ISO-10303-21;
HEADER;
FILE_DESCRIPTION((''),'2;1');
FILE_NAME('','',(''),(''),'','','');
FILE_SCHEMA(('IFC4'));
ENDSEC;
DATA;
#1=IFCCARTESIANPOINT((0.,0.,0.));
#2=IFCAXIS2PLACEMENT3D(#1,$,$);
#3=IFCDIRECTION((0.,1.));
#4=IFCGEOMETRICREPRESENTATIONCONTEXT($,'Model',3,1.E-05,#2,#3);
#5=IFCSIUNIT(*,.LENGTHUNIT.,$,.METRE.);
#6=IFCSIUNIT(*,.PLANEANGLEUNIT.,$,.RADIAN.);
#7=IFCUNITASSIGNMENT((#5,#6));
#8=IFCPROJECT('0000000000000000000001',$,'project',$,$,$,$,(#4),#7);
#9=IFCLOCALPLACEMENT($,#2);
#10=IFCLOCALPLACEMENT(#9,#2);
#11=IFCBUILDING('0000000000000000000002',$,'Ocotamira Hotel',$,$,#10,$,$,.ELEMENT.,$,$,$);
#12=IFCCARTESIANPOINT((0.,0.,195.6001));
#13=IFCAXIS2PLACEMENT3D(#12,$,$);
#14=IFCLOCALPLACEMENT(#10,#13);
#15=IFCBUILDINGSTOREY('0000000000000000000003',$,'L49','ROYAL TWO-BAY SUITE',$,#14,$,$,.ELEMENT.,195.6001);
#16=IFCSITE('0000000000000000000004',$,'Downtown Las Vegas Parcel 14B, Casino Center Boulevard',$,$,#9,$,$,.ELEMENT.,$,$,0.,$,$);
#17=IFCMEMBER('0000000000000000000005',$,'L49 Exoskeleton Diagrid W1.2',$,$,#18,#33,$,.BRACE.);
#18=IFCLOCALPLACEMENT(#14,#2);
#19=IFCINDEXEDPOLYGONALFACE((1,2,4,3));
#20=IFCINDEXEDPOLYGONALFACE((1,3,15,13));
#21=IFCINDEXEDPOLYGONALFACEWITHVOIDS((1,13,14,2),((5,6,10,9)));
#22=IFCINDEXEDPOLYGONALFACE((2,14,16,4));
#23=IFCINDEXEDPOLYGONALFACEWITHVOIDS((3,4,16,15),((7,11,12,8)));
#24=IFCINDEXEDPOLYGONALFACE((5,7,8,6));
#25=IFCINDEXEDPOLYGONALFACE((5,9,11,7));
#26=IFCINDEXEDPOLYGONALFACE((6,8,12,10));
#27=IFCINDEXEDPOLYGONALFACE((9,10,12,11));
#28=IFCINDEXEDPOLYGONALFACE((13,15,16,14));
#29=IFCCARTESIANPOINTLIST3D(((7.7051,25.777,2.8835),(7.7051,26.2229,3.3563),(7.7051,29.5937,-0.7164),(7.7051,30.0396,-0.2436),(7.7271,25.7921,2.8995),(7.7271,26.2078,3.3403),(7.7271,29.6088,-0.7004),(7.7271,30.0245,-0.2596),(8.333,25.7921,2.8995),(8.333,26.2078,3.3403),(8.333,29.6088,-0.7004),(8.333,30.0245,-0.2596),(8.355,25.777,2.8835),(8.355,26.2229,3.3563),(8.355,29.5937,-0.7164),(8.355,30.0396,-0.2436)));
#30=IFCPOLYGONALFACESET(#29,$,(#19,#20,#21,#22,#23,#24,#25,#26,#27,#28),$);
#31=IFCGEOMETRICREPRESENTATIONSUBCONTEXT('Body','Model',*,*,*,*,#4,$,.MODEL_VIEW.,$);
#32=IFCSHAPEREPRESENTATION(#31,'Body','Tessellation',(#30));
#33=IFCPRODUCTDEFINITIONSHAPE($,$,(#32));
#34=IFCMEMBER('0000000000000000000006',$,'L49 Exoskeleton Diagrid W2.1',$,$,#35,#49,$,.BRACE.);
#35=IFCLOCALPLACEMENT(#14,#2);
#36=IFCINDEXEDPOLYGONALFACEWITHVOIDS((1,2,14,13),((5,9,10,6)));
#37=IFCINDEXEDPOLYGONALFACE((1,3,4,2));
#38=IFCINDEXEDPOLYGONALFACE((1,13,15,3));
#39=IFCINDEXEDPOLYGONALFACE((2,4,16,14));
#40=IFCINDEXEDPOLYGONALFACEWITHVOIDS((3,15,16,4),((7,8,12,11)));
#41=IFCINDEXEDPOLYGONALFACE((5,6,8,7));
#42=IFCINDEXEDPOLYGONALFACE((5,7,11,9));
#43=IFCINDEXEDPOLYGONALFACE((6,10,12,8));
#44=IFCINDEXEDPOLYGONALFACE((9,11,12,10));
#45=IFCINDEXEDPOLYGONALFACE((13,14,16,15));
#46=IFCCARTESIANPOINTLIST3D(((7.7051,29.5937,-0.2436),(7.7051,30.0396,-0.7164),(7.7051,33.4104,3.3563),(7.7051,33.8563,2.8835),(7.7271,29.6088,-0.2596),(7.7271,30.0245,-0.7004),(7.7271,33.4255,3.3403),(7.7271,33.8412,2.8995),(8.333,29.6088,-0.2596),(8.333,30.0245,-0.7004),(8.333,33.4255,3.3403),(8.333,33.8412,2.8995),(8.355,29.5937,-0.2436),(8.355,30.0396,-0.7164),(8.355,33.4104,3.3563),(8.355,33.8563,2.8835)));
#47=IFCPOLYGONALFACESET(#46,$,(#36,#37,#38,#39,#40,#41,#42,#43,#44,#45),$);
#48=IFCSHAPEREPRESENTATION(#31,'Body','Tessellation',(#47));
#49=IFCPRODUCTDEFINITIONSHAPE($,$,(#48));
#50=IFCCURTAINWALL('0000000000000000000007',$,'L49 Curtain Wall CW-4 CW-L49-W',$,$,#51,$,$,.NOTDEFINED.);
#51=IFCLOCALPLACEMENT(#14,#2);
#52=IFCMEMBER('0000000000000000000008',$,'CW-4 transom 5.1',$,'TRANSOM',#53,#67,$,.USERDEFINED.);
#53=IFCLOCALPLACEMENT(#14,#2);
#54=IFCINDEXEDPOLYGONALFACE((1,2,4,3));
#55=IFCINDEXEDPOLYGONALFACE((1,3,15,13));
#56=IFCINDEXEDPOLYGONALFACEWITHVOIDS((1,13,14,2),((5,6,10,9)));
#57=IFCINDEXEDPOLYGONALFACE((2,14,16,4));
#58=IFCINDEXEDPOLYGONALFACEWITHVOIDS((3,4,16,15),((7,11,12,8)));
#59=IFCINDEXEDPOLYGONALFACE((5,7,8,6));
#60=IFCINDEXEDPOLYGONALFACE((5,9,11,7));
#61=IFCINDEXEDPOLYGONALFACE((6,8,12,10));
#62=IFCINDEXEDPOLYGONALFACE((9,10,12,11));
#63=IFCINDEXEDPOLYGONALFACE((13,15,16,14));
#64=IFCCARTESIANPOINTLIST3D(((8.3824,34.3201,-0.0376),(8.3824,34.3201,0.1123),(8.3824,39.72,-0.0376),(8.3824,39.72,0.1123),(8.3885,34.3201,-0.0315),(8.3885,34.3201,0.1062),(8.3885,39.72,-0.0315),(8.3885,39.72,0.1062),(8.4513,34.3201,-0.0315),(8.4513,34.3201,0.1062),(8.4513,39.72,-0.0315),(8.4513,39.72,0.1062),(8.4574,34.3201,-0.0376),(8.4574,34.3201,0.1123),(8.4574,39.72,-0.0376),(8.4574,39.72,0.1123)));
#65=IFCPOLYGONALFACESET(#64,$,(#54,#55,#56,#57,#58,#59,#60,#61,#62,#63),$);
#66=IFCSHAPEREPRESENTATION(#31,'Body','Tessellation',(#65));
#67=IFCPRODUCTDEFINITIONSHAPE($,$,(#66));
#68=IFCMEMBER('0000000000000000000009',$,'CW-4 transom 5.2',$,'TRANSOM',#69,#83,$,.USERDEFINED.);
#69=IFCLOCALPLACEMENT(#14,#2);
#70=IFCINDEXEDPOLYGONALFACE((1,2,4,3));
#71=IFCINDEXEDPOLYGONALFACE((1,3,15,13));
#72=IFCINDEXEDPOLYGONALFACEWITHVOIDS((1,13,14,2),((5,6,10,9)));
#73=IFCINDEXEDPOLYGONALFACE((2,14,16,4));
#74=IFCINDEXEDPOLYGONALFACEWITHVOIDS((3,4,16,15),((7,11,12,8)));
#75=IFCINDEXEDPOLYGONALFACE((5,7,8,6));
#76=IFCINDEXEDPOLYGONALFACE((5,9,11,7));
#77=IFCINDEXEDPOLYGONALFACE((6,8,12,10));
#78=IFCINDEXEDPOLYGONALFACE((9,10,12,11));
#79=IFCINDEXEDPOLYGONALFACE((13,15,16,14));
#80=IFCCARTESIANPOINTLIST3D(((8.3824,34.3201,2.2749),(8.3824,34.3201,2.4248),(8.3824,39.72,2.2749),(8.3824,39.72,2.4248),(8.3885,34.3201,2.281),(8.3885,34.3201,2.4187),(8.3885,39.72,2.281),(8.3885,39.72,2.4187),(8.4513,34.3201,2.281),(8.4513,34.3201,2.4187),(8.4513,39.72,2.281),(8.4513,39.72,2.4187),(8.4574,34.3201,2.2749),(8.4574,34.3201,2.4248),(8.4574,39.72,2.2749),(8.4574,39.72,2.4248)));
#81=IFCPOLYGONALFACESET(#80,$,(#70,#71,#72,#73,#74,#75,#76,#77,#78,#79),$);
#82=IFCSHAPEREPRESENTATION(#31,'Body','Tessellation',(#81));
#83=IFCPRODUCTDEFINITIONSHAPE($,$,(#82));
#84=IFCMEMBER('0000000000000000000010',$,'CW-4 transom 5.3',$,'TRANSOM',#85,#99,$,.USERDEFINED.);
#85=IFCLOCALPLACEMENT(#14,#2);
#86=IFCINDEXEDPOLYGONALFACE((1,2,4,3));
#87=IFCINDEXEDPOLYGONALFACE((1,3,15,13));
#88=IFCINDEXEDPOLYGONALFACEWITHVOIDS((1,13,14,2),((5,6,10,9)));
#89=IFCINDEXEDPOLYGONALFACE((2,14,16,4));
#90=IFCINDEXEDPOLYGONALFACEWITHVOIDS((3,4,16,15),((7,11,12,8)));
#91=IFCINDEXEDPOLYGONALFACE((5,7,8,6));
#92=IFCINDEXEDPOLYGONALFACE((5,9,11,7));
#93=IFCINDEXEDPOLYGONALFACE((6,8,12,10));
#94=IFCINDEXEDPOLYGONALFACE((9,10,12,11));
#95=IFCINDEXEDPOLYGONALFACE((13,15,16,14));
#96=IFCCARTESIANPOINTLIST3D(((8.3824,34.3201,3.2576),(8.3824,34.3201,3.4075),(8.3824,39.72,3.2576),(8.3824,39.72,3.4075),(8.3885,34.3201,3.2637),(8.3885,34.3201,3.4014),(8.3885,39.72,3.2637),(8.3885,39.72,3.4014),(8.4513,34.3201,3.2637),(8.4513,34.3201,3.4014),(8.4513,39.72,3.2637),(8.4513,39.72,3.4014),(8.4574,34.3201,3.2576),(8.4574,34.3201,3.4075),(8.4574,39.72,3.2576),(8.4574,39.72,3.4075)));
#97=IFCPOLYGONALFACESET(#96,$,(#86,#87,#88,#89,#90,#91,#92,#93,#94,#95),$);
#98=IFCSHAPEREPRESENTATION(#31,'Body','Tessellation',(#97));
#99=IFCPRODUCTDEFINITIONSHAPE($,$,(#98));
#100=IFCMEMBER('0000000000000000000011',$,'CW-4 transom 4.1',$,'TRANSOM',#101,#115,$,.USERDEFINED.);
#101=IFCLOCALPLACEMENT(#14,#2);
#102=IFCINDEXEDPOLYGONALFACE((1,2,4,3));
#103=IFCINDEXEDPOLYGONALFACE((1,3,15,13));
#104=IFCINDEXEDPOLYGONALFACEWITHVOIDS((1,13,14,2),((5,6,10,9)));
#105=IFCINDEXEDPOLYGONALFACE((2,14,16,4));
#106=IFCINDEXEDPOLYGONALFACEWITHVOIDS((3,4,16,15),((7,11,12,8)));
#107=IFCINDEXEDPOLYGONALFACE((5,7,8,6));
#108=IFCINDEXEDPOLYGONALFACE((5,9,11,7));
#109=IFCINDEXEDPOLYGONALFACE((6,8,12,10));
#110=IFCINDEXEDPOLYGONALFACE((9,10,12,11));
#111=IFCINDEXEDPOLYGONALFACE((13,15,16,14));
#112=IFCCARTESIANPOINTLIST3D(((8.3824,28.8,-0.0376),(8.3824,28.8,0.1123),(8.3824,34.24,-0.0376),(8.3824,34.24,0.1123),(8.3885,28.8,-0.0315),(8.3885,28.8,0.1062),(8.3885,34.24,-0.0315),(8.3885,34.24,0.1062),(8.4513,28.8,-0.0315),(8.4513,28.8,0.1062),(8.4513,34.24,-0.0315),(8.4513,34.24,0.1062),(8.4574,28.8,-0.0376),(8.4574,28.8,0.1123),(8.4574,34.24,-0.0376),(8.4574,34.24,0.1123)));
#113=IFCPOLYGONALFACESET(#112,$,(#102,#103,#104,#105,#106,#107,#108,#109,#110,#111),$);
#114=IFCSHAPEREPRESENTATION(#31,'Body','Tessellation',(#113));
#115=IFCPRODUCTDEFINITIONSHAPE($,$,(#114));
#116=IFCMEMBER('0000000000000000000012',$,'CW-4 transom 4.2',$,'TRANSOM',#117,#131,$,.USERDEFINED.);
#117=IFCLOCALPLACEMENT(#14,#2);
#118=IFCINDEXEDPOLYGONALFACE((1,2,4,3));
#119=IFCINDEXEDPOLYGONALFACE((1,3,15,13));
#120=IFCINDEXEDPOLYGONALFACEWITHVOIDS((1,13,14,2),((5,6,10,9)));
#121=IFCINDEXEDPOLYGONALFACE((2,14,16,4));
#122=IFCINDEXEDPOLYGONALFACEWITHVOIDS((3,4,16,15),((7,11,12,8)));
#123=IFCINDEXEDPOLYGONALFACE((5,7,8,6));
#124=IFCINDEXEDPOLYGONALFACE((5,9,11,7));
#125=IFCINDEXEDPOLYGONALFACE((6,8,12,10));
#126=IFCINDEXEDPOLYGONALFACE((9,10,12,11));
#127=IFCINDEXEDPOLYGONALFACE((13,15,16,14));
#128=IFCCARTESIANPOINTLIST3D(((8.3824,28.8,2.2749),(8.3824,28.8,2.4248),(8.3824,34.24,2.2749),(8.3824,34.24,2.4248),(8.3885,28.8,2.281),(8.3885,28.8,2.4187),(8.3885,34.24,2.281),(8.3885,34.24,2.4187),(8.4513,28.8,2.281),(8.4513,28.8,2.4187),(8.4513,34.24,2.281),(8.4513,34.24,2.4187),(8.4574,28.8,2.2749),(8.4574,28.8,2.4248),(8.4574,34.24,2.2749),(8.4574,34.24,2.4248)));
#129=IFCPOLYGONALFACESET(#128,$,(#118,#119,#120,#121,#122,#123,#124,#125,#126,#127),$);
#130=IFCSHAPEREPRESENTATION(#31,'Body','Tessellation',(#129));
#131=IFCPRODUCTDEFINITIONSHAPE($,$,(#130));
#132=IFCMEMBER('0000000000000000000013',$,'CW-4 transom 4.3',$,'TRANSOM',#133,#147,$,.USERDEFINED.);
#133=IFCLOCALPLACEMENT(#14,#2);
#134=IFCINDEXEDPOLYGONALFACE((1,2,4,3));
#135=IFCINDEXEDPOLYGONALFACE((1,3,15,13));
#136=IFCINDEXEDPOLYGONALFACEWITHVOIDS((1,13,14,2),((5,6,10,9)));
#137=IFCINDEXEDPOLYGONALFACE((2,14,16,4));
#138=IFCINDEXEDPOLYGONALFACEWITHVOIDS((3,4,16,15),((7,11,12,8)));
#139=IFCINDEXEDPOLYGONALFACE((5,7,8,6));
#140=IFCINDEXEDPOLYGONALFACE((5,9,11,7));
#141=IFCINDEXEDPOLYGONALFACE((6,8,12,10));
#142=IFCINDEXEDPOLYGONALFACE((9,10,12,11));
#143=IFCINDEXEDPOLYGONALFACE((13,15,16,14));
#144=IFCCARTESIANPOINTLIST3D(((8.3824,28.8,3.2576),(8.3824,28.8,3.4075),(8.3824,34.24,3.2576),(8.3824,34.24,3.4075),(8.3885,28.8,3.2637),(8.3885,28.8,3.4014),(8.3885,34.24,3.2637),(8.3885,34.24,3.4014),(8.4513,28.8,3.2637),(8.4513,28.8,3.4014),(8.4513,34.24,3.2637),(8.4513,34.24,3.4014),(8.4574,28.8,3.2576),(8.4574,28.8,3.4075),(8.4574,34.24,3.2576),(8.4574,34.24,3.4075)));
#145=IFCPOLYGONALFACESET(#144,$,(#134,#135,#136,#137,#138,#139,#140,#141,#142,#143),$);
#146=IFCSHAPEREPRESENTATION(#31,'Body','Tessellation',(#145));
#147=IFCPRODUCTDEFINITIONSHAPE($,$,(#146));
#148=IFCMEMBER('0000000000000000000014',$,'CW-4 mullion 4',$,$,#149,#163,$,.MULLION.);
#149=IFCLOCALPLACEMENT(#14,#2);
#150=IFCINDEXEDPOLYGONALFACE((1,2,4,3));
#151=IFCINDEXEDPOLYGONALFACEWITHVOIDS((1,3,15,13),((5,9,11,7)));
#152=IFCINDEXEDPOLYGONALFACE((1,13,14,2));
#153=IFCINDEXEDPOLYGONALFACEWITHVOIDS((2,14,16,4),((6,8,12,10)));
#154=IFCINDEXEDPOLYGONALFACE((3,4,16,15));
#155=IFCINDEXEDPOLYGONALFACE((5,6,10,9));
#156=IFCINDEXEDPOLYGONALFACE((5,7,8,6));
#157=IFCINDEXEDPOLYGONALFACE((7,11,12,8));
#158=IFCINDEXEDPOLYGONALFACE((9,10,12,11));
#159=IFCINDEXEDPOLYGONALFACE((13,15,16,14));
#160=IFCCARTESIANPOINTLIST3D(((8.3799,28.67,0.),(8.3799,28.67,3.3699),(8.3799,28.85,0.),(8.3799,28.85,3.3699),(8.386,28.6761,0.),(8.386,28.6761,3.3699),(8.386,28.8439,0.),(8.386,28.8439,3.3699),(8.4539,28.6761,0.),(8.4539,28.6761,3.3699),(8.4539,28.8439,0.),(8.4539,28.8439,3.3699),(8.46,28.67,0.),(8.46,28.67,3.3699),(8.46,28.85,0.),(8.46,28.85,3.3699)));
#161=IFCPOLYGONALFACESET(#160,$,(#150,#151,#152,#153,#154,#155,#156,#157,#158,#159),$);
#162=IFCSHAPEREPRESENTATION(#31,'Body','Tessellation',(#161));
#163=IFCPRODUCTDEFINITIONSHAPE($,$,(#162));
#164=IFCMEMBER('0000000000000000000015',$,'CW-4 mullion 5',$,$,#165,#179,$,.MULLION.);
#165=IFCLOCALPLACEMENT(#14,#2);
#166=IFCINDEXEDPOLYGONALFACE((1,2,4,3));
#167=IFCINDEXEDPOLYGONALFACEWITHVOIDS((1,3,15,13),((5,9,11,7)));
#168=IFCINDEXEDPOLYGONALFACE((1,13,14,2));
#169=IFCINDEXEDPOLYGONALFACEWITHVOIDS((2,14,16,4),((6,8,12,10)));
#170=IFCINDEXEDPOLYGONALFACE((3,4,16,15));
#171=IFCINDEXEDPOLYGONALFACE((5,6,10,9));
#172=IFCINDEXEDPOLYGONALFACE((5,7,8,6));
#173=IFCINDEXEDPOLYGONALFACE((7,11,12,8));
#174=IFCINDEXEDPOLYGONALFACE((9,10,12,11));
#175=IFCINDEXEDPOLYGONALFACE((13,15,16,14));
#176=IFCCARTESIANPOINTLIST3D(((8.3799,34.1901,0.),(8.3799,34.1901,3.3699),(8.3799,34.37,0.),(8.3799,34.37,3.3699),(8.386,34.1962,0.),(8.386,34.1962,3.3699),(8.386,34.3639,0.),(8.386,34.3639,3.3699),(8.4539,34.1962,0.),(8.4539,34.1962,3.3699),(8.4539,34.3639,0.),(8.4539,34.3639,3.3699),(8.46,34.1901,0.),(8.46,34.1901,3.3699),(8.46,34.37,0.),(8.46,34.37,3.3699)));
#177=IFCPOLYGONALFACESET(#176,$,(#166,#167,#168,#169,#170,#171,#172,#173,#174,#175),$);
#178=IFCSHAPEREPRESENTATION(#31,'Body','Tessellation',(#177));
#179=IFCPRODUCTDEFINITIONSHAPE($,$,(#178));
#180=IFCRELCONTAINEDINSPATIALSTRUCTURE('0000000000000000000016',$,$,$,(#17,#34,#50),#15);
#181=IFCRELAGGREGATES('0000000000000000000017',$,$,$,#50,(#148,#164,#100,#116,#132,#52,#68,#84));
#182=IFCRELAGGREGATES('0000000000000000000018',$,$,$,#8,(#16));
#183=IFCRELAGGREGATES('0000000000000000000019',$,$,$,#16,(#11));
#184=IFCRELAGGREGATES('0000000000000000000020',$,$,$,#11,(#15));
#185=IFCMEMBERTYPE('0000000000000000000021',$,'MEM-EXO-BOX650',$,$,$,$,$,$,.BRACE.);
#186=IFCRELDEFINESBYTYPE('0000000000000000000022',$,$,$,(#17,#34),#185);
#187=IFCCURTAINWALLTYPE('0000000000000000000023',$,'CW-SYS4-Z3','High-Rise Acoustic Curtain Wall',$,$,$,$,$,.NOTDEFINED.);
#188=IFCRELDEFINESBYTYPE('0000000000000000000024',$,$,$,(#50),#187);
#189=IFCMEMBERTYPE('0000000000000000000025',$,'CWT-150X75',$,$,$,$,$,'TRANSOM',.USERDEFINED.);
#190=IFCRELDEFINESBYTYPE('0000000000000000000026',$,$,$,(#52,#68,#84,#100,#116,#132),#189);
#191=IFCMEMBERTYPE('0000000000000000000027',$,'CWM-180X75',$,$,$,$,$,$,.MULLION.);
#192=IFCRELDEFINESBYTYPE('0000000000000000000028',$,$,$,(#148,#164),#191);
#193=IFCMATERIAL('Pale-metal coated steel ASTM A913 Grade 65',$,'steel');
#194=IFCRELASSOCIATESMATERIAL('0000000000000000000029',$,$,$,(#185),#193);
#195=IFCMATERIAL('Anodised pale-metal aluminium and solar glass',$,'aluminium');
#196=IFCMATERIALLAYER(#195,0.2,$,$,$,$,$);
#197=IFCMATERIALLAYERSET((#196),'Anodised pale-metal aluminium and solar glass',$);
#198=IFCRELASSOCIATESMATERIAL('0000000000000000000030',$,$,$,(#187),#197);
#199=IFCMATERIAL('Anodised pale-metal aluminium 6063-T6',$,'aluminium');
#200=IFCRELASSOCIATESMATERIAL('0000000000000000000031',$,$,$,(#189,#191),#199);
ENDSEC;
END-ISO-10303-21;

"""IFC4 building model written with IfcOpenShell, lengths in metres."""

from ifc_helpers import new_model, si_unit, direction, frame, origin, origin_2d, place, context, subcontext, project, spatial, hollow_rectangle, extrude, source, transform, mapped, material, layer, layer_set, material_profile, profile_set, type_object, element, aggregate, save


model = new_model("IFC4")

# Units and contexts
model_context = context("Model", 3, precision=1e-05, world=origin(), true_north=direction((0.0, 1.0)))
body_context = subcontext(model_context, "Body", "Model", "MODEL_VIEW")
ifc_project = project(units=[si_unit("LENGTHUNIT", "METRE"), si_unit("PLANEANGLEUNIT", "RADIAN")], contexts=[model_context])

# Site, building, storey
site_placement = place(None, origin())
site = spatial("IfcSite", under=ifc_project, at=site_placement, Name="Downtown Las Vegas Parcel 14B, Casino Center Boulevard", CompositionType="ELEMENT", RefElevation=0.0)
building_placement = place(site_placement, origin())
building = spatial("IfcBuilding", under=site, at=building_placement, Name="Ocotamira Hotel", CompositionType="ELEMENT")
storey_placement = place(building_placement, frame((0.0, 0.0, 195.6001)))
storey = spatial("IfcBuildingStorey", under=building, at=storey_placement, Name="L49", Description="ROYAL TWO-BAY SUITE", CompositionType="ELEMENT", Elevation=195.6001)

# Members
ifc_material_1 = material(Name="Pale-metal coated steel ASTM A913 Grade 65", Category="steel")
ifc_material_profile_1 = material_profile(ifc_material_1, hollow_rectangle(XDim=0.6499, YDim=0.6499, WallThickness=0.022, at=origin_2d()), Name="BOX650X650X22")
ifc_profile_set_1 = profile_set([ifc_material_profile_1], Name="Pale-metal coated steel ASTM A913 Grade 65")
member_type_1 = type_object("IfcMemberType", Name="MEM-EXO-BOX650", PredefinedType="BRACE", material=ifc_profile_set_1)
shared_shape_1 = source(origin(), body_context, "Body", "SweptSolid", [
    extrude(hollow_rectangle(XDim=0.6499, YDim=0.6499, WallThickness=0.022, at=origin_2d()), origin(), (0.0, 0.0, 1.0), 5.2466),
])
for number, where, z_axis, x_axis, name in (
    (1, (8.03, 29.8167, -0.48), (0.0, -0.727466, 0.686144), (1.0, 0.0, 0.0), "L49 Exoskeleton Diagrid W1.2"),
    (2, (8.03, 29.8167, -0.48), (0.0, 0.727466, 0.686144), (-1.0, 0.0, 0.0), "L49 Exoskeleton Diagrid W2.1"),
):
    element("IfcMember", number, at=place(storey_placement, frame(where, z_axis=z_axis, x_axis=x_axis)), inside=storey, type_object=member_type_1, Name=name, PredefinedType="BRACE", context=body_context, shape_type="MappedRepresentation", body=[
        mapped(shared_shape_1, transform((0.0, 0.0, 0.0), scale=1.0)),
    ])

# Curtain wall, members
ifc_material_2 = material(Name="Anodised pale-metal aluminium and solar glass", Category="aluminium")
ifc_layer_1 = layer(ifc_material_2, 0.2)
ifc_layer_set_1 = layer_set([ifc_layer_1], Name="Anodised pale-metal aluminium and solar glass")
curtain_wall_type = type_object("IfcCurtainWallType", Name="CW-SYS4-Z3", Description="High-Rise Acoustic Curtain Wall", PredefinedType="NOTDEFINED", material=ifc_layer_set_1)
curtain_wall_placement = place(storey_placement, origin())
curtain_wall = element("IfcCurtainWall", 3, at=curtain_wall_placement, inside=storey, type_object=curtain_wall_type, Name="L49 Curtain Wall CW-4 CW-L49-W", PredefinedType="NOTDEFINED")
ifc_material_3 = material(Name="Anodised pale-metal aluminium 6063-T6", Category="aluminium")
ifc_material_profile_2 = material_profile(ifc_material_3, hollow_rectangle(XDim=0.075, YDim=0.1499, WallThickness=0.0061, at=origin_2d()), Name="HSS150X75X6")
ifc_profile_set_2 = profile_set([ifc_material_profile_2], Name="Anodised pale-metal aluminium 6063-T6")
member_type_2 = type_object("IfcMemberType", Name="CWT-150X75", ElementType="TRANSOM", PredefinedType="USERDEFINED", material=ifc_profile_set_2)
shared_shape_2 = source(origin(), body_context, "Body", "SweptSolid", [
    extrude(hollow_rectangle(XDim=0.075, YDim=0.1499, WallThickness=0.0061, at=origin_2d()), origin(), (0.0, 0.0, 1.0), 5.3999),
])
member_1_placement = place(storey_placement, frame((8.4199, 34.3201, 0.0374), z_axis=(0.0, 1.0, 0.0), x_axis=(-1.0, 0.0, 0.0)))
member_1 = element("IfcMember", 4, at=member_1_placement, type_object=member_type_2, Name="CW-4 transom 5.1", ObjectType="TRANSOM", PredefinedType="USERDEFINED", context=body_context, shape_type="MappedRepresentation", body=[
    mapped(shared_shape_2, transform((0.0, 0.0, 0.0), scale=1.0)),
])
member_2_placement = place(storey_placement, frame((8.4199, 34.3201, 2.3499), z_axis=(0.0, 1.0, 0.0), x_axis=(-1.0, 0.0, 0.0)))
member_2 = element("IfcMember", 5, at=member_2_placement, type_object=member_type_2, Name="CW-4 transom 5.2", ObjectType="TRANSOM", PredefinedType="USERDEFINED", context=body_context, shape_type="MappedRepresentation", body=[
    mapped(shared_shape_2, transform((0.0, 0.0, 0.0), scale=1.0)),
])
member_3_placement = place(storey_placement, frame((8.4199, 34.3201, 3.3325), z_axis=(0.0, 1.0, 0.0), x_axis=(-1.0, 0.0, 0.0)))
member_3 = element("IfcMember", 6, at=member_3_placement, type_object=member_type_2, Name="CW-4 transom 5.3", ObjectType="TRANSOM", PredefinedType="USERDEFINED", context=body_context, shape_type="MappedRepresentation", body=[
    mapped(shared_shape_2, transform((0.0, 0.0, 0.0), scale=1.0)),
])
shared_shape_3 = source(origin(), body_context, "Body", "SweptSolid", [
    extrude(hollow_rectangle(XDim=0.075, YDim=0.1499, WallThickness=0.0061, at=origin_2d()), origin(), (0.0, 0.0, 1.0), 5.4399),
])
member_4_placement = place(storey_placement, frame((8.4199, 28.8, 0.0374), z_axis=(0.0, 1.0, 0.0), x_axis=(-1.0, 0.0, 0.0)))
member_4 = element("IfcMember", 7, at=member_4_placement, type_object=member_type_2, Name="CW-4 transom 4.1", ObjectType="TRANSOM", PredefinedType="USERDEFINED", context=body_context, shape_type="MappedRepresentation", body=[
    mapped(shared_shape_3, transform((0.0, 0.0, 0.0), scale=1.0)),
])
member_5_placement = place(storey_placement, frame((8.4199, 28.8, 2.3499), z_axis=(0.0, 1.0, 0.0), x_axis=(-1.0, 0.0, 0.0)))
member_5 = element("IfcMember", 8, at=member_5_placement, type_object=member_type_2, Name="CW-4 transom 4.2", ObjectType="TRANSOM", PredefinedType="USERDEFINED", context=body_context, shape_type="MappedRepresentation", body=[
    mapped(shared_shape_3, transform((0.0, 0.0, 0.0), scale=1.0)),
])
member_6_placement = place(storey_placement, frame((8.4199, 28.8, 3.3325), z_axis=(0.0, 1.0, 0.0), x_axis=(-1.0, 0.0, 0.0)))
member_6 = element("IfcMember", 9, at=member_6_placement, type_object=member_type_2, Name="CW-4 transom 4.3", ObjectType="TRANSOM", PredefinedType="USERDEFINED", context=body_context, shape_type="MappedRepresentation", body=[
    mapped(shared_shape_3, transform((0.0, 0.0, 0.0), scale=1.0)),
])
ifc_material_profile_3 = material_profile(ifc_material_3, hollow_rectangle(XDim=0.0801, YDim=0.1799, WallThickness=0.0061, at=origin_2d()), Name="HSS180X80X6")
ifc_profile_set_3 = profile_set([ifc_material_profile_3], Name="Anodised pale-metal aluminium 6063-T6")
member_type_3 = type_object("IfcMemberType", Name="CWM-180X75", PredefinedType="MULLION", material=ifc_profile_set_3)
shared_shape_4 = source(origin(), body_context, "Body", "SweptSolid", [
    extrude(hollow_rectangle(XDim=0.0801, YDim=0.1799, WallThickness=0.0061, at=origin_2d()), origin(), (0.0, 0.0, 1.0), 3.3699),
])
member_7_placement = place(storey_placement, frame((8.4199, 28.76, 0.0), z_axis=(0.0, 0.0, 1.0), x_axis=(-1.0, 0.0, 0.0)))
member_7 = element("IfcMember", 10, at=member_7_placement, type_object=member_type_3, Name="CW-4 mullion 4", PredefinedType="MULLION", context=body_context, shape_type="MappedRepresentation", body=[
    mapped(shared_shape_4, transform((0.0, 0.0, 0.0), scale=1.0)),
])
member_8_placement = place(storey_placement, frame((8.4199, 34.28, 0.0), z_axis=(0.0, 0.0, 1.0), x_axis=(-1.0, 0.0, 0.0)))
member_8 = element("IfcMember", 11, at=member_8_placement, type_object=member_type_3, Name="CW-4 mullion 5", PredefinedType="MULLION", context=body_context, shape_type="MappedRepresentation", body=[
    mapped(shared_shape_4, transform((0.0, 0.0, 0.0), scale=1.0)),
])

aggregate(curtain_wall, [member_7, member_8, member_4, member_5, member_6, member_1, member_2, member_3])

save(model, "model.ifc")
